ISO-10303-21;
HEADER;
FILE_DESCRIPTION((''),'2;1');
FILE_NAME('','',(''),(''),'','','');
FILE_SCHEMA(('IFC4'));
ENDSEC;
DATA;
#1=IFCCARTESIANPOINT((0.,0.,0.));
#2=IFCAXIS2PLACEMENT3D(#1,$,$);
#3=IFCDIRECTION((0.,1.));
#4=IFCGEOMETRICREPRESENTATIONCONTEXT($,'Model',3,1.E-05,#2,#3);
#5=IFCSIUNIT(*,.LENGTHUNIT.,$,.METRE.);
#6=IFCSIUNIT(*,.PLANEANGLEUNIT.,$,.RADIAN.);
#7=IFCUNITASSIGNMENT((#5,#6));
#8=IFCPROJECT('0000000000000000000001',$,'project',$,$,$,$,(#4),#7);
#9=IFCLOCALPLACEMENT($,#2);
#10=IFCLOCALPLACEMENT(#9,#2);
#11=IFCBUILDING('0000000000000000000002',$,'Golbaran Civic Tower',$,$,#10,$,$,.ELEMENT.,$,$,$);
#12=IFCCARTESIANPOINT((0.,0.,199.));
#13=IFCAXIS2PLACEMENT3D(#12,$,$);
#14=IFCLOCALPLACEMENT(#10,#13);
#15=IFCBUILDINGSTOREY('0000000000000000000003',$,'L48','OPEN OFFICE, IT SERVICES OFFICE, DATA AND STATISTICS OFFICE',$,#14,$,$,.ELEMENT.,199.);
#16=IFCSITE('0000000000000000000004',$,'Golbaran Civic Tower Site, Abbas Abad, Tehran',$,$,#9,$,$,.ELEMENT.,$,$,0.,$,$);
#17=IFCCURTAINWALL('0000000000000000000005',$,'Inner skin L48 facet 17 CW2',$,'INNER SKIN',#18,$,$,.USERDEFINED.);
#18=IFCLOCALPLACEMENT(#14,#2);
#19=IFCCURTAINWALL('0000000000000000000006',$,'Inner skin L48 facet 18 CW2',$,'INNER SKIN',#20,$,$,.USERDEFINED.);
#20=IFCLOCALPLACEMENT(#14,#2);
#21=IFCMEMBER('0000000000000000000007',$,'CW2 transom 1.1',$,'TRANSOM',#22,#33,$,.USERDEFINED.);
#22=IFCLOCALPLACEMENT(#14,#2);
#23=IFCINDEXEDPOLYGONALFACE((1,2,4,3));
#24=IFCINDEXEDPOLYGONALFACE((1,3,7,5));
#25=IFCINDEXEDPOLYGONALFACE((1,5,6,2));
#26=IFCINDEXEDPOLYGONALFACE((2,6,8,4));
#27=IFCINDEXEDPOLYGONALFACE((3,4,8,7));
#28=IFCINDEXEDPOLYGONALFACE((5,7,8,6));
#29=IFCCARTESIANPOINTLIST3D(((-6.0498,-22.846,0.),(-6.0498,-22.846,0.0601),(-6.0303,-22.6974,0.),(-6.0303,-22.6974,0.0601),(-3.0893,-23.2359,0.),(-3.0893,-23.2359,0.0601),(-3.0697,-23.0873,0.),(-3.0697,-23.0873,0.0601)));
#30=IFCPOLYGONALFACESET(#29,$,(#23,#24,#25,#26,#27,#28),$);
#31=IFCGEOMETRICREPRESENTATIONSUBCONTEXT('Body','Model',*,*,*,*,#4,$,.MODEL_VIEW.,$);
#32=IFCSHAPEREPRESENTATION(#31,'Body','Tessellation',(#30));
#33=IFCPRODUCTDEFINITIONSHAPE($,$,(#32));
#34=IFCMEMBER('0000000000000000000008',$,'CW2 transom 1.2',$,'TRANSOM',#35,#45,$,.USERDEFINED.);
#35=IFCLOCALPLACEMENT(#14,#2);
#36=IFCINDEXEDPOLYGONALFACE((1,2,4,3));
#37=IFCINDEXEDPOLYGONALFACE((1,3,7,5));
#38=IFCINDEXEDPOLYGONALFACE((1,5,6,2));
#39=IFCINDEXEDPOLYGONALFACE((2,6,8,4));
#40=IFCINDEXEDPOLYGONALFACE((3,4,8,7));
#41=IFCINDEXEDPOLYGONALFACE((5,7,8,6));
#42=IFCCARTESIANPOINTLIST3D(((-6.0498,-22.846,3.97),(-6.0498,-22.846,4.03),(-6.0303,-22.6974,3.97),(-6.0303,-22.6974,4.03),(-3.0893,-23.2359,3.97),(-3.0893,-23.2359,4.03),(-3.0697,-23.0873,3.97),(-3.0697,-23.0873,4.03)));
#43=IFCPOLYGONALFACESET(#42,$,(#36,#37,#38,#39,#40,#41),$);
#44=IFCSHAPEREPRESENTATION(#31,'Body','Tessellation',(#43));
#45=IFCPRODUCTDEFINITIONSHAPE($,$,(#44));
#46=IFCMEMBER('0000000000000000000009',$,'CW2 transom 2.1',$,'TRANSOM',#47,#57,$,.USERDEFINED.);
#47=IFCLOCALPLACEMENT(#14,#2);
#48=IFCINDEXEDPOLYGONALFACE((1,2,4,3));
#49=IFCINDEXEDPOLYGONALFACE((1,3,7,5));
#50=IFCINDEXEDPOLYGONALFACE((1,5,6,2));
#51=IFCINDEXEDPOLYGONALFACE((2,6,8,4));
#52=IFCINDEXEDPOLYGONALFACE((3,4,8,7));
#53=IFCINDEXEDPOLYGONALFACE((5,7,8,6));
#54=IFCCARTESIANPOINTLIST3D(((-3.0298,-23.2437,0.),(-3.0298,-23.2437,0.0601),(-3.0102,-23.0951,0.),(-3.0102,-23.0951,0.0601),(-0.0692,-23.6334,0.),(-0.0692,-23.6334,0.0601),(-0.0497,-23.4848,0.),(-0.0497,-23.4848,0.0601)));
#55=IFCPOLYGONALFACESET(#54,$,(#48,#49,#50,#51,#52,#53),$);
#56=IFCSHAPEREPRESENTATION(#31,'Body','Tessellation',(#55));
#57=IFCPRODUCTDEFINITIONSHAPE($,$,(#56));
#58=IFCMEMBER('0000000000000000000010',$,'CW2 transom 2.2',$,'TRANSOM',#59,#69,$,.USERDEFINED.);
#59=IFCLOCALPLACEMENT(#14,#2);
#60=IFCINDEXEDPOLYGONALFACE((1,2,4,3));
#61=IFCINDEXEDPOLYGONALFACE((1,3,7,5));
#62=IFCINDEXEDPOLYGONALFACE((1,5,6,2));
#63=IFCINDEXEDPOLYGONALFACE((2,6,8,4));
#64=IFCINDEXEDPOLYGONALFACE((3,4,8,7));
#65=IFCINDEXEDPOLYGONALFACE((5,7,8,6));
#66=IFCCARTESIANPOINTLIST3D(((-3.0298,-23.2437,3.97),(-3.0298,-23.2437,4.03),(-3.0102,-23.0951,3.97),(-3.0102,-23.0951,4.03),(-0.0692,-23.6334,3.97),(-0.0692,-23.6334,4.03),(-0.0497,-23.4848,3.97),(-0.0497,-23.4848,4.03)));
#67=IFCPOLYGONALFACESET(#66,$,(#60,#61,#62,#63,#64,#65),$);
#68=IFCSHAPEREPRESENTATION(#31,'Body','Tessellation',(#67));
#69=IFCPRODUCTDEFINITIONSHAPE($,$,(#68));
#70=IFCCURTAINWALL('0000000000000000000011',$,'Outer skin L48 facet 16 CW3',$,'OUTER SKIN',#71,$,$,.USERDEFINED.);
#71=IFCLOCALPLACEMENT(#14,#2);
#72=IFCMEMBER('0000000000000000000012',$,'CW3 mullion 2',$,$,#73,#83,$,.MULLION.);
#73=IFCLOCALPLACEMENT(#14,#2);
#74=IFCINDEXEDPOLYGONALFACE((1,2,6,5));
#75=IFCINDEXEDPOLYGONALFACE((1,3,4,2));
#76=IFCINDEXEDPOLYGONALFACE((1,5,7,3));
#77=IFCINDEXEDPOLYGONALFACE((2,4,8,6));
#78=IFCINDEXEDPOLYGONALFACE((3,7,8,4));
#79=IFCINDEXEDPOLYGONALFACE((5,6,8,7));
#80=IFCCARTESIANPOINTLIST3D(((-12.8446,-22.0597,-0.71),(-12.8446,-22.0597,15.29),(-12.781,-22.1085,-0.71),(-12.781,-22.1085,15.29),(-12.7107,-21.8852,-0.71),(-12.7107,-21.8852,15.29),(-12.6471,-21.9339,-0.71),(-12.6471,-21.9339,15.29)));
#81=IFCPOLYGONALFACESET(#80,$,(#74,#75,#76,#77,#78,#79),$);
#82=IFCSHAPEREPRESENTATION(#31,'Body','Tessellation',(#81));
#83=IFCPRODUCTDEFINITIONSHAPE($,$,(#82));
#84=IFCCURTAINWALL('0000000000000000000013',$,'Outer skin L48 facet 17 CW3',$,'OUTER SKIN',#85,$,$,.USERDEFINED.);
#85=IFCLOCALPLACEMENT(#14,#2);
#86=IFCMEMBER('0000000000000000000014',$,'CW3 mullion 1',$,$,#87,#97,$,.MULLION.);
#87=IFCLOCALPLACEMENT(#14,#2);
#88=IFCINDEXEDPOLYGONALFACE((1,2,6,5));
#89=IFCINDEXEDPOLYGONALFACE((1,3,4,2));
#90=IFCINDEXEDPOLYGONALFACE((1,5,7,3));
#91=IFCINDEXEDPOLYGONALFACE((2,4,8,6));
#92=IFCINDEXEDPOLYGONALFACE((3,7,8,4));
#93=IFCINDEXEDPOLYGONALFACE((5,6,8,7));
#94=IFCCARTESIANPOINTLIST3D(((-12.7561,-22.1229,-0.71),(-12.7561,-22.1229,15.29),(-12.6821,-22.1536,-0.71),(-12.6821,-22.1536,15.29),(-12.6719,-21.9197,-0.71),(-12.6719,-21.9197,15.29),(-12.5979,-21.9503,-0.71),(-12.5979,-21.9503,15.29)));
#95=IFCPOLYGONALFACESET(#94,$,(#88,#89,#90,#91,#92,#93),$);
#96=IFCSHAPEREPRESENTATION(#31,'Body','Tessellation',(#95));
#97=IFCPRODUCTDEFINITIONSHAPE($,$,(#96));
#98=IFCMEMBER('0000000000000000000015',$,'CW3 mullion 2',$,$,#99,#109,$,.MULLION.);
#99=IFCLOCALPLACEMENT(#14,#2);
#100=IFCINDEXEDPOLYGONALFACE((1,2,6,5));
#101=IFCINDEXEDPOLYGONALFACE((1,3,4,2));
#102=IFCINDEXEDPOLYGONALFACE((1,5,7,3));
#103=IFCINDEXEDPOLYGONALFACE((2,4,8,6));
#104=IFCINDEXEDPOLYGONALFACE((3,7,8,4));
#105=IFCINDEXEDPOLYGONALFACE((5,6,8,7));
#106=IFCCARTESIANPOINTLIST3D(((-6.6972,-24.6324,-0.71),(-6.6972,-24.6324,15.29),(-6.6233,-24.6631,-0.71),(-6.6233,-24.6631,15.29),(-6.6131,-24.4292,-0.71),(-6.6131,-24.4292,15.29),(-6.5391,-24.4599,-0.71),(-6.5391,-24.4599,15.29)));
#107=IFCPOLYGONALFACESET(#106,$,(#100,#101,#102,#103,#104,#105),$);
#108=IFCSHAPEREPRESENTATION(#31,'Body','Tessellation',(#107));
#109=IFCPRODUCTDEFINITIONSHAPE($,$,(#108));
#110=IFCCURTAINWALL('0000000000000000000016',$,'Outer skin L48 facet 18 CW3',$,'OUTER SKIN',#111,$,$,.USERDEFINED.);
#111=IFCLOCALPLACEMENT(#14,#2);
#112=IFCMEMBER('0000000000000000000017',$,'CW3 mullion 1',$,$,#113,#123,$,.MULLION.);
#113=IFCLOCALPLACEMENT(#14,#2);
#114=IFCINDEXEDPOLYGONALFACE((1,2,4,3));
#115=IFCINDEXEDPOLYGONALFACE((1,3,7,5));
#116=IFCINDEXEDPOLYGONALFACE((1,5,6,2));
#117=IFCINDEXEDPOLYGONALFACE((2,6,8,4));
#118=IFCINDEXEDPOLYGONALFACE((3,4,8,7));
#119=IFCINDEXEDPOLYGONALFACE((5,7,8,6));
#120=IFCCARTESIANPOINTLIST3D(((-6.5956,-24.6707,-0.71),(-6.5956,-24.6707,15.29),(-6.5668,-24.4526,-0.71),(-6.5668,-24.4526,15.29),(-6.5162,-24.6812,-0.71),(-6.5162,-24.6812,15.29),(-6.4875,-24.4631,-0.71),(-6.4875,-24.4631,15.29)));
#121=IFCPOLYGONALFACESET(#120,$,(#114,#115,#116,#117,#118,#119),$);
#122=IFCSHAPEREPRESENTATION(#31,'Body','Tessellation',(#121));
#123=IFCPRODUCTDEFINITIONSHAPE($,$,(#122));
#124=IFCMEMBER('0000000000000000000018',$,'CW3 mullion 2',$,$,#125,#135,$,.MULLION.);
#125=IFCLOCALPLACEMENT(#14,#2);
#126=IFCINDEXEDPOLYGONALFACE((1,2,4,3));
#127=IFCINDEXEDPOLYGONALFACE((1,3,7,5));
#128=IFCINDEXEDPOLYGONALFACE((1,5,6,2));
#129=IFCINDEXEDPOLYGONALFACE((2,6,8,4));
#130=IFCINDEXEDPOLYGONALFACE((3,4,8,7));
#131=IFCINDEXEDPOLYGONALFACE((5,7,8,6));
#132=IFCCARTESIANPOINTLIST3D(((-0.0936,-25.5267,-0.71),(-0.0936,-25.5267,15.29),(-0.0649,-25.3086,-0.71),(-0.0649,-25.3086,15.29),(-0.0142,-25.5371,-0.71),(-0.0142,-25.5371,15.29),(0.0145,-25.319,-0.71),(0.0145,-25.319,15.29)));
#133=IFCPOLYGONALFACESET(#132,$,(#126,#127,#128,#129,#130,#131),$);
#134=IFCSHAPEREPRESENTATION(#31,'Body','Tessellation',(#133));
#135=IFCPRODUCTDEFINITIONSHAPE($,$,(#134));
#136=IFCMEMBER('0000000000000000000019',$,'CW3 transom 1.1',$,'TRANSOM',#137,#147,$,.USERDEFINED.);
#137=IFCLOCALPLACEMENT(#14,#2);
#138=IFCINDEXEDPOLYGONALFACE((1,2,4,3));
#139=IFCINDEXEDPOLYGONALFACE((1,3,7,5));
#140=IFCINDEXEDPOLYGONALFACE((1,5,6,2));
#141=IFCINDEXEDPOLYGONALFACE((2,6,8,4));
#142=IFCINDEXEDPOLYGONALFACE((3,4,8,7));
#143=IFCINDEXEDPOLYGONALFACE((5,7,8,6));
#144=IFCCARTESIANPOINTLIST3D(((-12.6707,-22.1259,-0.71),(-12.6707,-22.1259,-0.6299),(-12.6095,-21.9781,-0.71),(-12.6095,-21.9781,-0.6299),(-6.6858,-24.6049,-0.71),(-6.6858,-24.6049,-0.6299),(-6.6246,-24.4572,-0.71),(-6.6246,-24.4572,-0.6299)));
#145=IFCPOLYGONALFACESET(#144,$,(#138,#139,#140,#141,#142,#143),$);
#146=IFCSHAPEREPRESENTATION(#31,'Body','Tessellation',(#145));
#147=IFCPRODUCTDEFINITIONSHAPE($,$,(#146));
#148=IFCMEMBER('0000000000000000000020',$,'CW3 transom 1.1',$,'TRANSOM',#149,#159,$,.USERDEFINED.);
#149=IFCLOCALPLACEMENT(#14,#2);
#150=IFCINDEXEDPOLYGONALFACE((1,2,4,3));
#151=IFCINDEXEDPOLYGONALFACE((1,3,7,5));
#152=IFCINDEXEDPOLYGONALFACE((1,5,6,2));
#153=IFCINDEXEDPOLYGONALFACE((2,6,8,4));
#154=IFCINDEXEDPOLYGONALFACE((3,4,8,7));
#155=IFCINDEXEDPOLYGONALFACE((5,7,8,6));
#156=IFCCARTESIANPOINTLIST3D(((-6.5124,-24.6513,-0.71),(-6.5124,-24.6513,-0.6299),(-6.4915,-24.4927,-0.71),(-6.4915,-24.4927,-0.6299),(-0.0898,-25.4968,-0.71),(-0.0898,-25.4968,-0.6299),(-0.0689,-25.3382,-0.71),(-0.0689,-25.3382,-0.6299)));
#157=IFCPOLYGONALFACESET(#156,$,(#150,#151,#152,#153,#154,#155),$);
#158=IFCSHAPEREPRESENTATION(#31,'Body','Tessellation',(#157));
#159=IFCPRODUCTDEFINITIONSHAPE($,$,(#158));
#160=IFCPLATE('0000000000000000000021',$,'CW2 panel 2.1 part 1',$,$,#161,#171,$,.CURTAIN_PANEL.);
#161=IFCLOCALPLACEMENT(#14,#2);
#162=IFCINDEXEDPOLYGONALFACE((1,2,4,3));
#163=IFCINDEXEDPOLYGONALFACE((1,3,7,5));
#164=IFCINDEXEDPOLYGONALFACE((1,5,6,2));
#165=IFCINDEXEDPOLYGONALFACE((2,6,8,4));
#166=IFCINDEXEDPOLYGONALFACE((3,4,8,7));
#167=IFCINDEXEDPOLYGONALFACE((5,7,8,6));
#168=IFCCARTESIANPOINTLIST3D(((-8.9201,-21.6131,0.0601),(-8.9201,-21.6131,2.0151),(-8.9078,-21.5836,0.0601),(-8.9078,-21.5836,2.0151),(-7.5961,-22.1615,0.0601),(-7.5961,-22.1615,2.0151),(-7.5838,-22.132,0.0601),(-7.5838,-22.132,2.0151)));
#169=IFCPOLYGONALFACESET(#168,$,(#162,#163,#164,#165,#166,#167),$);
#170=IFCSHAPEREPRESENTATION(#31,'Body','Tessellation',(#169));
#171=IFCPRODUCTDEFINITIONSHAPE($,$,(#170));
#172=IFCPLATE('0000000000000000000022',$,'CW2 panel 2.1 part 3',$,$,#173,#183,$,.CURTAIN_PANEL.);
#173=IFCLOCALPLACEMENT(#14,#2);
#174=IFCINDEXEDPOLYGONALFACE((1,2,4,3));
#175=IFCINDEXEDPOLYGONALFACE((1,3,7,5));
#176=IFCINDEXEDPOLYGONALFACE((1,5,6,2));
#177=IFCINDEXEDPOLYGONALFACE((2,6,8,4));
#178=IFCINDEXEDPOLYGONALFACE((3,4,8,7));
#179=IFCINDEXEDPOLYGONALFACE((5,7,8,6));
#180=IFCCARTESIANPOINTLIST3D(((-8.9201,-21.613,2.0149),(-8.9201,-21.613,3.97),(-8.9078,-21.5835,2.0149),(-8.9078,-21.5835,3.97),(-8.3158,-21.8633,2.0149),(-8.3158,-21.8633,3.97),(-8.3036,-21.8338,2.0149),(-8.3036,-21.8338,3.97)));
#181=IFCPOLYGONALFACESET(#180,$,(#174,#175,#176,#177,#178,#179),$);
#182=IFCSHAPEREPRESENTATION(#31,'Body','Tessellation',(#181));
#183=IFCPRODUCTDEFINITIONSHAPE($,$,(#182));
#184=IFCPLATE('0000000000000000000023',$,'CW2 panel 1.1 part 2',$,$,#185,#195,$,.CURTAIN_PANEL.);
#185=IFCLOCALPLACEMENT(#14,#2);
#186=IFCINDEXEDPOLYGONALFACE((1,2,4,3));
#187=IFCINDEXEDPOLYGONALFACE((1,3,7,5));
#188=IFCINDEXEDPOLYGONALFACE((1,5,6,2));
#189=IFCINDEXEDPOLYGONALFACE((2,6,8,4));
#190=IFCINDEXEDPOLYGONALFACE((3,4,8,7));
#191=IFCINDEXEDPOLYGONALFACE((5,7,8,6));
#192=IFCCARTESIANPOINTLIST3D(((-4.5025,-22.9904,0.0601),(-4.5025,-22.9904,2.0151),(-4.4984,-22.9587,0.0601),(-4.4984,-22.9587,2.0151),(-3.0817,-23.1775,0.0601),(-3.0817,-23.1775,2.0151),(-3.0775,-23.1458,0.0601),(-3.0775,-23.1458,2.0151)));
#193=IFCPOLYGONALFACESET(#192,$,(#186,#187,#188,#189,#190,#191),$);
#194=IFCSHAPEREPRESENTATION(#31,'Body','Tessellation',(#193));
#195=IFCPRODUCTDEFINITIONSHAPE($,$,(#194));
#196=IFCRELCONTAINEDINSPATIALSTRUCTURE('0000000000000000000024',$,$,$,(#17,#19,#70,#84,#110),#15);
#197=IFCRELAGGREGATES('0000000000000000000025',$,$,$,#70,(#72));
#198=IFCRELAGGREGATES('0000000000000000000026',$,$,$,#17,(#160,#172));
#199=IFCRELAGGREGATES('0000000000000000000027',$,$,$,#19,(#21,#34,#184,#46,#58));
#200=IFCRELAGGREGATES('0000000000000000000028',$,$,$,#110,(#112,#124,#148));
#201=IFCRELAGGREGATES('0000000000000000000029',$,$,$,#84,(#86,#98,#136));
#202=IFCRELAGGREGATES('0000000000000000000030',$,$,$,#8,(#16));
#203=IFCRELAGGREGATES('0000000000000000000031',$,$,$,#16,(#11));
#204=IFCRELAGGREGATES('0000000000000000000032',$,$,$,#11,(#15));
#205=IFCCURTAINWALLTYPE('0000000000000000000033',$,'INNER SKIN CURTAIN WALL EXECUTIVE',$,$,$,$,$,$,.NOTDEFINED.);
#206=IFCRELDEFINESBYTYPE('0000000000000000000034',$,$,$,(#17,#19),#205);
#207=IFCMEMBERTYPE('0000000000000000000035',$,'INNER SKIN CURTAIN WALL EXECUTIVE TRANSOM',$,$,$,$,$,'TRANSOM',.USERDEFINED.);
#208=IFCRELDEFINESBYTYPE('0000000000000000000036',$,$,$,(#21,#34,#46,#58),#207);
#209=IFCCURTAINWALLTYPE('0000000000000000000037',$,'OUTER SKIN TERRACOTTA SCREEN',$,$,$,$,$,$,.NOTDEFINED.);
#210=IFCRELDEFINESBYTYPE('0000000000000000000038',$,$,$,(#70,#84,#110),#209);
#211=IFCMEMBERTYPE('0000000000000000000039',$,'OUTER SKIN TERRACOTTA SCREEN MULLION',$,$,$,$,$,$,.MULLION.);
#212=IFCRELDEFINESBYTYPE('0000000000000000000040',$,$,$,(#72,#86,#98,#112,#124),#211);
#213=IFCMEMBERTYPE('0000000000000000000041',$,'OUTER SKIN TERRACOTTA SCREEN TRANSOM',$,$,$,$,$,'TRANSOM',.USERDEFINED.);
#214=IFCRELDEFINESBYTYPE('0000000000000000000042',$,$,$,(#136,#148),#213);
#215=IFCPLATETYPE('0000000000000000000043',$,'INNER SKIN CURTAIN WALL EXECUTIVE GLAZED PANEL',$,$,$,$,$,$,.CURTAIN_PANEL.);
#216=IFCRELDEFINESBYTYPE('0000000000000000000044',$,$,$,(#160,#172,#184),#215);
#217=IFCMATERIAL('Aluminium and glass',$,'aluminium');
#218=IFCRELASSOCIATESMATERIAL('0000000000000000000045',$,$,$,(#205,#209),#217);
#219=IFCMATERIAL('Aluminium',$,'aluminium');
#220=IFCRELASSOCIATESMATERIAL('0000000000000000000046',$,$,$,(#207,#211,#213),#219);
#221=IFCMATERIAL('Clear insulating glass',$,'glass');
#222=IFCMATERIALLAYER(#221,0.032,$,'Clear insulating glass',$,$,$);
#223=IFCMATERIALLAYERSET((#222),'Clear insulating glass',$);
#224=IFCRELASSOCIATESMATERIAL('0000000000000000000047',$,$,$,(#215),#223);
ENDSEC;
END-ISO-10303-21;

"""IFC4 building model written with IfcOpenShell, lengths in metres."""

from ifc_helpers import new_model, si_unit, direction, frame, origin, origin_2d, place, context, subcontext, project, spatial, rectangle, extrude, material, layer, layer_set, material_profile, profile_set, type_object, element, aggregate, save


model = new_model("IFC4")

# Units and contexts
model_context = context("Model", 3, precision=1e-05, world=origin(), true_north=direction((0.0, 1.0)))
body_context = subcontext(model_context, "Body", "Model", "MODEL_VIEW")
ifc_project = project(units=[si_unit("LENGTHUNIT", "METRE"), si_unit("PLANEANGLEUNIT", "RADIAN")], contexts=[model_context])

# Site, building, storey
site_placement = place(None, origin())
site = spatial("IfcSite", under=ifc_project, at=site_placement, Name="Golbaran Civic Tower Site, Abbas Abad, Tehran", CompositionType="ELEMENT", RefElevation=0.0)
building_placement = place(site_placement, origin())
building = spatial("IfcBuilding", under=site, at=building_placement, Name="Golbaran Civic Tower", CompositionType="ELEMENT")
storey_placement = place(building_placement, frame((0.0, 0.0, 199.0)))
storey = spatial("IfcBuildingStorey", under=building, at=storey_placement, Name="L48", Description="OPEN OFFICE, IT SERVICES OFFICE, DATA AND STATISTICS OFFICE", CompositionType="ELEMENT", Elevation=199.0)

# Curtain wall
ifc_material_1 = material(Name="Aluminium and glass", Category="aluminium")
curtain_wall_type_1 = type_object("IfcCurtainWallType", Name="INNER SKIN CURTAIN WALL EXECUTIVE", PredefinedType="NOTDEFINED", material=ifc_material_1)
curtain_wall_1_placement = place(storey_placement, origin())
curtain_wall_1 = element("IfcCurtainWall", 1, at=curtain_wall_1_placement, inside=storey, type_object=curtain_wall_type_1, Name="Inner skin L48 facet 17 CW2", ObjectType="INNER SKIN", PredefinedType="USERDEFINED")
ifc_material_2 = material(Name="Aluminium", Category="aluminium")

# Curtain wall
curtain_wall_2_placement = place(storey_placement, origin())
curtain_wall_2 = element("IfcCurtainWall", 2, at=curtain_wall_2_placement, inside=storey, type_object=curtain_wall_type_1, Name="Inner skin L48 facet 18 CW2", ObjectType="INNER SKIN", PredefinedType="USERDEFINED")

# Members
ifc_material_profile_1 = material_profile(ifc_material_2, rectangle(XDim=0.1499, YDim=0.0601, at=origin_2d()), Name="INNER SKIN CURTAIN WALL EXECUTIVE TRANSOM")
ifc_profile_set_1 = profile_set([ifc_material_profile_1], Name="Aluminium")
member_type_1 = type_object("IfcMemberType", Name="INNER SKIN CURTAIN WALL EXECUTIVE TRANSOM", ElementType="TRANSOM", PredefinedType="USERDEFINED", material=ifc_profile_set_1)
member_1_placement = place(storey_placement, frame((-6.04, -22.7717, 0.03), z_axis=(0.991439, -0.130573, 0.0), x_axis=(0.130573, 0.991439, 0.0)))
member_1 = element("IfcMember", 3, at=member_1_placement, type_object=member_type_1, Name="CW2 transom 1.1", ObjectType="TRANSOM", PredefinedType="USERDEFINED", context=body_context, shape_type="SweptSolid", body=[
    extrude(rectangle(XDim=0.1499, YDim=0.0601, at=origin_2d()), origin(), (0.0, 0.0, 1.0), 2.9861),
])
member_2_placement = place(storey_placement, frame((-6.04, -22.7717, 4.0), z_axis=(0.991439, -0.130573, 0.0), x_axis=(0.130573, 0.991439, 0.0)))
member_2 = element("IfcMember", 4, at=member_2_placement, type_object=member_type_1, Name="CW2 transom 1.2", ObjectType="TRANSOM", PredefinedType="USERDEFINED", context=body_context, shape_type="SweptSolid", body=[
    extrude(rectangle(XDim=0.1499, YDim=0.0601, at=origin_2d()), origin(), (0.0, 0.0, 1.0), 2.9861),
])
member_3_placement = place(storey_placement, frame((-3.02, -23.1694, 0.03), z_axis=(0.991449, -0.130493, 0.0), x_axis=(0.130493, 0.991449, 0.0)))
member_3 = element("IfcMember", 5, at=member_3_placement, type_object=member_type_1, Name="CW2 transom 2.1", ObjectType="TRANSOM", PredefinedType="USERDEFINED", context=body_context, shape_type="SweptSolid", body=[
    extrude(rectangle(XDim=0.1499, YDim=0.0601, at=origin_2d()), origin(), (0.0, 0.0, 1.0), 2.9861),
])
member_4_placement = place(storey_placement, frame((-3.02, -23.1694, 4.0), z_axis=(0.991449, -0.130493, 0.0), x_axis=(0.130493, 0.991449, 0.0)))
member_4 = element("IfcMember", 6, at=member_4_placement, type_object=member_type_1, Name="CW2 transom 2.2", ObjectType="TRANSOM", PredefinedType="USERDEFINED", context=body_context, shape_type="SweptSolid", body=[
    extrude(rectangle(XDim=0.1499, YDim=0.0601, at=origin_2d()), origin(), (0.0, 0.0, 1.0), 2.9861),
])

# Curtain wall, member
curtain_wall_type_2 = type_object("IfcCurtainWallType", Name="OUTER SKIN TERRACOTTA SCREEN", PredefinedType="NOTDEFINED", material=ifc_material_1)
curtain_wall_3_placement = place(storey_placement, origin())
curtain_wall_3 = element("IfcCurtainWall", 7, at=curtain_wall_3_placement, inside=storey, type_object=curtain_wall_type_2, Name="Outer skin L48 facet 16 CW3", ObjectType="OUTER SKIN", PredefinedType="USERDEFINED")
ifc_material_profile_2 = material_profile(ifc_material_2, rectangle(XDim=0.22, YDim=0.0801, at=origin_2d()), Name="OUTER SKIN TERRACOTTA SCREEN MULLION")
ifc_profile_set_2 = profile_set([ifc_material_profile_2], Name="Aluminium")
member_type_2 = type_object("IfcMemberType", Name="OUTER SKIN TERRACOTTA SCREEN MULLION", PredefinedType="MULLION", material=ifc_profile_set_2)
member_5_placement = place(storey_placement, frame((-12.7458, -21.9968, -0.71), z_axis=(0.0, 0.0, 1.0), x_axis=(0.608761, 0.793353, 0.0)))
member_5 = element("IfcMember", 8, at=member_5_placement, type_object=member_type_2, Name="CW3 mullion 2", PredefinedType="MULLION", context=body_context, shape_type="SweptSolid", body=[
    extrude(rectangle(XDim=0.22, YDim=0.0801, at=origin_2d()), origin(), (0.0, 0.0, 1.0), 16.0),
])
aggregate(curtain_wall_3, [member_5])

# Curtain walls, members
curtain_wall_4_placement = place(storey_placement, origin())
curtain_wall_4 = element("IfcCurtainWall", 9, at=curtain_wall_4_placement, inside=storey, type_object=curtain_wall_type_2, Name="Outer skin L48 facet 17 CW3", ObjectType="OUTER SKIN", PredefinedType="USERDEFINED")
member_6_placement = place(storey_placement, frame((-12.677, -22.0366, -0.71), z_axis=(0.0, 0.0, 1.0), x_axis=(0.382683, 0.92388, 0.0)))
member_6 = element("IfcMember", 10, at=member_6_placement, type_object=member_type_2, Name="CW3 mullion 1", PredefinedType="MULLION", context=body_context, shape_type="SweptSolid", body=[
    extrude(rectangle(XDim=0.22, YDim=0.0801, at=origin_2d()), origin(), (0.0, 0.0, 1.0), 16.0),
])
member_7_placement = place(storey_placement, frame((-6.6182, -24.5461, -0.71), z_axis=(0.0, 0.0, 1.0), x_axis=(0.382683, 0.92388, 0.0)))
member_7 = element("IfcMember", 11, at=member_7_placement, type_object=member_type_2, Name="CW3 mullion 2", PredefinedType="MULLION", context=body_context, shape_type="SweptSolid", body=[
    extrude(rectangle(XDim=0.22, YDim=0.0801, at=origin_2d()), origin(), (0.0, 0.0, 1.0), 16.0),
])
curtain_wall_5_placement = place(storey_placement, origin())
curtain_wall_5 = element("IfcCurtainWall", 12, at=curtain_wall_5_placement, inside=storey, type_object=curtain_wall_type_2, Name="Outer skin L48 facet 18 CW3", ObjectType="OUTER SKIN", PredefinedType="USERDEFINED")
member_8_placement = place(storey_placement, frame((-6.5415, -24.5669, -0.71), z_axis=(0.0, 0.0, 1.0), x_axis=(0.130526, 0.991445, 0.0)))
member_8 = element("IfcMember", 13, at=member_8_placement, type_object=member_type_2, Name="CW3 mullion 1", PredefinedType="MULLION", context=body_context, shape_type="SweptSolid", body=[
    extrude(rectangle(XDim=0.22, YDim=0.0801, at=origin_2d()), origin(), (0.0, 0.0, 1.0), 16.0),
])
member_9_placement = place(storey_placement, frame((-0.0396, -25.4229, -0.71), z_axis=(0.0, 0.0, 1.0), x_axis=(0.130526, 0.991445, 0.0)))
member_9 = element("IfcMember", 14, at=member_9_placement, type_object=member_type_2, Name="CW3 mullion 2", PredefinedType="MULLION", context=body_context, shape_type="SweptSolid", body=[
    extrude(rectangle(XDim=0.22, YDim=0.0801, at=origin_2d()), origin(), (0.0, 0.0, 1.0), 16.0),
])

# Members
ifc_material_profile_3 = material_profile(ifc_material_2, rectangle(XDim=0.1599, YDim=0.0801, at=origin_2d()), Name="OUTER SKIN TERRACOTTA SCREEN TRANSOM")
ifc_profile_set_3 = profile_set([ifc_material_profile_3], Name="Aluminium")
member_type_3 = type_object("IfcMemberType", Name="OUTER SKIN TERRACOTTA SCREEN TRANSOM", ElementType="TRANSOM", PredefinedType="USERDEFINED", material=ifc_profile_set_3)
member_10_placement = place(storey_placement, frame((-12.6401, -22.052, -0.6699), z_axis=(0.92388, -0.382682, 0.0), x_axis=(0.382682, 0.92388, 0.0)))
member_10 = element("IfcMember", 15, at=member_10_placement, type_object=member_type_3, Name="CW3 transom 1.1", ObjectType="TRANSOM", PredefinedType="USERDEFINED", context=body_context, shape_type="SweptSolid", body=[
    extrude(rectangle(XDim=0.1599, YDim=0.0801, at=origin_2d()), origin(), (0.0, 0.0, 1.0), 6.478),
])
member_11_placement = place(storey_placement, frame((-6.502, -24.572, -0.6699), z_axis=(0.991447, -0.130512, 0.0), x_axis=(0.130512, 0.991447, 0.0)))
member_11 = element("IfcMember", 16, at=member_11_placement, type_object=member_type_3, Name="CW3 transom 1.1", ObjectType="TRANSOM", PredefinedType="USERDEFINED", context=body_context, shape_type="SweptSolid", body=[
    extrude(rectangle(XDim=0.1599, YDim=0.0801, at=origin_2d()), origin(), (0.0, 0.0, 1.0), 6.478),
])

# Plates
ifc_material_3 = material(Name="Clear insulating glass", Category="glass")
ifc_layer_1 = layer(ifc_material_3, 0.032, Name="Clear insulating glass")
ifc_layer_set_1 = layer_set([ifc_layer_1], Name="Clear insulating glass")
plate_type_1 = type_object("IfcPlateType", Name="INNER SKIN CURTAIN WALL EXECUTIVE GLAZED PANEL", PredefinedType="CURTAIN_PANEL", material=ifc_layer_set_1)
plate_1_placement = place(storey_placement, frame((-8.252, -21.8726, 0.0601), z_axis=(0.0, 0.0, 1.0), x_axis=(0.92388, -0.382683, 0.0)))
plate_1 = element("IfcPlate", 17, at=plate_1_placement, type_object=plate_type_1, Name="CW2 panel 2.1 part 1", PredefinedType="CURTAIN_PANEL", context=body_context, shape_type="SweptSolid", body=[
    extrude(rectangle(XDim=1.4331, YDim=0.032, at=origin_2d()), origin(), (0.0, 0.0, 1.0), 1.9551),
])
plate_2_placement = place(storey_placement, frame((-8.6118, -21.7234, 2.0149), z_axis=(0.0, 0.0, 1.0), x_axis=(0.92388, -0.382683, 0.0)))
plate_2 = element("IfcPlate", 18, at=plate_2_placement, type_object=plate_type_1, Name="CW2 panel 2.1 part 3", PredefinedType="CURTAIN_PANEL", context=body_context, shape_type="SweptSolid", body=[
    extrude(rectangle(XDim=0.6541, YDim=0.032, at=origin_2d()), origin(), (0.0, 0.0, 1.0), 1.9551),
])
plate_3_placement = place(storey_placement, frame((-3.79, -23.0681, 0.0601), z_axis=(0.0, 0.0, 1.0), x_axis=(0.991445, -0.130526, 0.0)))
plate_3 = element("IfcPlate", 19, at=plate_3_placement, type_object=plate_type_1, Name="CW2 panel 1.1 part 2", PredefinedType="CURTAIN_PANEL", context=body_context, shape_type="SweptSolid", body=[
    extrude(rectangle(XDim=1.4331, YDim=0.032, at=origin_2d()), origin(), (0.0, 0.0, 1.0), 1.9551),
])
aggregate(curtain_wall_1, [plate_1, plate_2])
aggregate(curtain_wall_2, [member_1, member_2, plate_3, member_3, member_4])
aggregate(curtain_wall_5, [member_8, member_9, member_11])
aggregate(curtain_wall_4, [member_6, member_7, member_10])

save(model, "model.ifc")
